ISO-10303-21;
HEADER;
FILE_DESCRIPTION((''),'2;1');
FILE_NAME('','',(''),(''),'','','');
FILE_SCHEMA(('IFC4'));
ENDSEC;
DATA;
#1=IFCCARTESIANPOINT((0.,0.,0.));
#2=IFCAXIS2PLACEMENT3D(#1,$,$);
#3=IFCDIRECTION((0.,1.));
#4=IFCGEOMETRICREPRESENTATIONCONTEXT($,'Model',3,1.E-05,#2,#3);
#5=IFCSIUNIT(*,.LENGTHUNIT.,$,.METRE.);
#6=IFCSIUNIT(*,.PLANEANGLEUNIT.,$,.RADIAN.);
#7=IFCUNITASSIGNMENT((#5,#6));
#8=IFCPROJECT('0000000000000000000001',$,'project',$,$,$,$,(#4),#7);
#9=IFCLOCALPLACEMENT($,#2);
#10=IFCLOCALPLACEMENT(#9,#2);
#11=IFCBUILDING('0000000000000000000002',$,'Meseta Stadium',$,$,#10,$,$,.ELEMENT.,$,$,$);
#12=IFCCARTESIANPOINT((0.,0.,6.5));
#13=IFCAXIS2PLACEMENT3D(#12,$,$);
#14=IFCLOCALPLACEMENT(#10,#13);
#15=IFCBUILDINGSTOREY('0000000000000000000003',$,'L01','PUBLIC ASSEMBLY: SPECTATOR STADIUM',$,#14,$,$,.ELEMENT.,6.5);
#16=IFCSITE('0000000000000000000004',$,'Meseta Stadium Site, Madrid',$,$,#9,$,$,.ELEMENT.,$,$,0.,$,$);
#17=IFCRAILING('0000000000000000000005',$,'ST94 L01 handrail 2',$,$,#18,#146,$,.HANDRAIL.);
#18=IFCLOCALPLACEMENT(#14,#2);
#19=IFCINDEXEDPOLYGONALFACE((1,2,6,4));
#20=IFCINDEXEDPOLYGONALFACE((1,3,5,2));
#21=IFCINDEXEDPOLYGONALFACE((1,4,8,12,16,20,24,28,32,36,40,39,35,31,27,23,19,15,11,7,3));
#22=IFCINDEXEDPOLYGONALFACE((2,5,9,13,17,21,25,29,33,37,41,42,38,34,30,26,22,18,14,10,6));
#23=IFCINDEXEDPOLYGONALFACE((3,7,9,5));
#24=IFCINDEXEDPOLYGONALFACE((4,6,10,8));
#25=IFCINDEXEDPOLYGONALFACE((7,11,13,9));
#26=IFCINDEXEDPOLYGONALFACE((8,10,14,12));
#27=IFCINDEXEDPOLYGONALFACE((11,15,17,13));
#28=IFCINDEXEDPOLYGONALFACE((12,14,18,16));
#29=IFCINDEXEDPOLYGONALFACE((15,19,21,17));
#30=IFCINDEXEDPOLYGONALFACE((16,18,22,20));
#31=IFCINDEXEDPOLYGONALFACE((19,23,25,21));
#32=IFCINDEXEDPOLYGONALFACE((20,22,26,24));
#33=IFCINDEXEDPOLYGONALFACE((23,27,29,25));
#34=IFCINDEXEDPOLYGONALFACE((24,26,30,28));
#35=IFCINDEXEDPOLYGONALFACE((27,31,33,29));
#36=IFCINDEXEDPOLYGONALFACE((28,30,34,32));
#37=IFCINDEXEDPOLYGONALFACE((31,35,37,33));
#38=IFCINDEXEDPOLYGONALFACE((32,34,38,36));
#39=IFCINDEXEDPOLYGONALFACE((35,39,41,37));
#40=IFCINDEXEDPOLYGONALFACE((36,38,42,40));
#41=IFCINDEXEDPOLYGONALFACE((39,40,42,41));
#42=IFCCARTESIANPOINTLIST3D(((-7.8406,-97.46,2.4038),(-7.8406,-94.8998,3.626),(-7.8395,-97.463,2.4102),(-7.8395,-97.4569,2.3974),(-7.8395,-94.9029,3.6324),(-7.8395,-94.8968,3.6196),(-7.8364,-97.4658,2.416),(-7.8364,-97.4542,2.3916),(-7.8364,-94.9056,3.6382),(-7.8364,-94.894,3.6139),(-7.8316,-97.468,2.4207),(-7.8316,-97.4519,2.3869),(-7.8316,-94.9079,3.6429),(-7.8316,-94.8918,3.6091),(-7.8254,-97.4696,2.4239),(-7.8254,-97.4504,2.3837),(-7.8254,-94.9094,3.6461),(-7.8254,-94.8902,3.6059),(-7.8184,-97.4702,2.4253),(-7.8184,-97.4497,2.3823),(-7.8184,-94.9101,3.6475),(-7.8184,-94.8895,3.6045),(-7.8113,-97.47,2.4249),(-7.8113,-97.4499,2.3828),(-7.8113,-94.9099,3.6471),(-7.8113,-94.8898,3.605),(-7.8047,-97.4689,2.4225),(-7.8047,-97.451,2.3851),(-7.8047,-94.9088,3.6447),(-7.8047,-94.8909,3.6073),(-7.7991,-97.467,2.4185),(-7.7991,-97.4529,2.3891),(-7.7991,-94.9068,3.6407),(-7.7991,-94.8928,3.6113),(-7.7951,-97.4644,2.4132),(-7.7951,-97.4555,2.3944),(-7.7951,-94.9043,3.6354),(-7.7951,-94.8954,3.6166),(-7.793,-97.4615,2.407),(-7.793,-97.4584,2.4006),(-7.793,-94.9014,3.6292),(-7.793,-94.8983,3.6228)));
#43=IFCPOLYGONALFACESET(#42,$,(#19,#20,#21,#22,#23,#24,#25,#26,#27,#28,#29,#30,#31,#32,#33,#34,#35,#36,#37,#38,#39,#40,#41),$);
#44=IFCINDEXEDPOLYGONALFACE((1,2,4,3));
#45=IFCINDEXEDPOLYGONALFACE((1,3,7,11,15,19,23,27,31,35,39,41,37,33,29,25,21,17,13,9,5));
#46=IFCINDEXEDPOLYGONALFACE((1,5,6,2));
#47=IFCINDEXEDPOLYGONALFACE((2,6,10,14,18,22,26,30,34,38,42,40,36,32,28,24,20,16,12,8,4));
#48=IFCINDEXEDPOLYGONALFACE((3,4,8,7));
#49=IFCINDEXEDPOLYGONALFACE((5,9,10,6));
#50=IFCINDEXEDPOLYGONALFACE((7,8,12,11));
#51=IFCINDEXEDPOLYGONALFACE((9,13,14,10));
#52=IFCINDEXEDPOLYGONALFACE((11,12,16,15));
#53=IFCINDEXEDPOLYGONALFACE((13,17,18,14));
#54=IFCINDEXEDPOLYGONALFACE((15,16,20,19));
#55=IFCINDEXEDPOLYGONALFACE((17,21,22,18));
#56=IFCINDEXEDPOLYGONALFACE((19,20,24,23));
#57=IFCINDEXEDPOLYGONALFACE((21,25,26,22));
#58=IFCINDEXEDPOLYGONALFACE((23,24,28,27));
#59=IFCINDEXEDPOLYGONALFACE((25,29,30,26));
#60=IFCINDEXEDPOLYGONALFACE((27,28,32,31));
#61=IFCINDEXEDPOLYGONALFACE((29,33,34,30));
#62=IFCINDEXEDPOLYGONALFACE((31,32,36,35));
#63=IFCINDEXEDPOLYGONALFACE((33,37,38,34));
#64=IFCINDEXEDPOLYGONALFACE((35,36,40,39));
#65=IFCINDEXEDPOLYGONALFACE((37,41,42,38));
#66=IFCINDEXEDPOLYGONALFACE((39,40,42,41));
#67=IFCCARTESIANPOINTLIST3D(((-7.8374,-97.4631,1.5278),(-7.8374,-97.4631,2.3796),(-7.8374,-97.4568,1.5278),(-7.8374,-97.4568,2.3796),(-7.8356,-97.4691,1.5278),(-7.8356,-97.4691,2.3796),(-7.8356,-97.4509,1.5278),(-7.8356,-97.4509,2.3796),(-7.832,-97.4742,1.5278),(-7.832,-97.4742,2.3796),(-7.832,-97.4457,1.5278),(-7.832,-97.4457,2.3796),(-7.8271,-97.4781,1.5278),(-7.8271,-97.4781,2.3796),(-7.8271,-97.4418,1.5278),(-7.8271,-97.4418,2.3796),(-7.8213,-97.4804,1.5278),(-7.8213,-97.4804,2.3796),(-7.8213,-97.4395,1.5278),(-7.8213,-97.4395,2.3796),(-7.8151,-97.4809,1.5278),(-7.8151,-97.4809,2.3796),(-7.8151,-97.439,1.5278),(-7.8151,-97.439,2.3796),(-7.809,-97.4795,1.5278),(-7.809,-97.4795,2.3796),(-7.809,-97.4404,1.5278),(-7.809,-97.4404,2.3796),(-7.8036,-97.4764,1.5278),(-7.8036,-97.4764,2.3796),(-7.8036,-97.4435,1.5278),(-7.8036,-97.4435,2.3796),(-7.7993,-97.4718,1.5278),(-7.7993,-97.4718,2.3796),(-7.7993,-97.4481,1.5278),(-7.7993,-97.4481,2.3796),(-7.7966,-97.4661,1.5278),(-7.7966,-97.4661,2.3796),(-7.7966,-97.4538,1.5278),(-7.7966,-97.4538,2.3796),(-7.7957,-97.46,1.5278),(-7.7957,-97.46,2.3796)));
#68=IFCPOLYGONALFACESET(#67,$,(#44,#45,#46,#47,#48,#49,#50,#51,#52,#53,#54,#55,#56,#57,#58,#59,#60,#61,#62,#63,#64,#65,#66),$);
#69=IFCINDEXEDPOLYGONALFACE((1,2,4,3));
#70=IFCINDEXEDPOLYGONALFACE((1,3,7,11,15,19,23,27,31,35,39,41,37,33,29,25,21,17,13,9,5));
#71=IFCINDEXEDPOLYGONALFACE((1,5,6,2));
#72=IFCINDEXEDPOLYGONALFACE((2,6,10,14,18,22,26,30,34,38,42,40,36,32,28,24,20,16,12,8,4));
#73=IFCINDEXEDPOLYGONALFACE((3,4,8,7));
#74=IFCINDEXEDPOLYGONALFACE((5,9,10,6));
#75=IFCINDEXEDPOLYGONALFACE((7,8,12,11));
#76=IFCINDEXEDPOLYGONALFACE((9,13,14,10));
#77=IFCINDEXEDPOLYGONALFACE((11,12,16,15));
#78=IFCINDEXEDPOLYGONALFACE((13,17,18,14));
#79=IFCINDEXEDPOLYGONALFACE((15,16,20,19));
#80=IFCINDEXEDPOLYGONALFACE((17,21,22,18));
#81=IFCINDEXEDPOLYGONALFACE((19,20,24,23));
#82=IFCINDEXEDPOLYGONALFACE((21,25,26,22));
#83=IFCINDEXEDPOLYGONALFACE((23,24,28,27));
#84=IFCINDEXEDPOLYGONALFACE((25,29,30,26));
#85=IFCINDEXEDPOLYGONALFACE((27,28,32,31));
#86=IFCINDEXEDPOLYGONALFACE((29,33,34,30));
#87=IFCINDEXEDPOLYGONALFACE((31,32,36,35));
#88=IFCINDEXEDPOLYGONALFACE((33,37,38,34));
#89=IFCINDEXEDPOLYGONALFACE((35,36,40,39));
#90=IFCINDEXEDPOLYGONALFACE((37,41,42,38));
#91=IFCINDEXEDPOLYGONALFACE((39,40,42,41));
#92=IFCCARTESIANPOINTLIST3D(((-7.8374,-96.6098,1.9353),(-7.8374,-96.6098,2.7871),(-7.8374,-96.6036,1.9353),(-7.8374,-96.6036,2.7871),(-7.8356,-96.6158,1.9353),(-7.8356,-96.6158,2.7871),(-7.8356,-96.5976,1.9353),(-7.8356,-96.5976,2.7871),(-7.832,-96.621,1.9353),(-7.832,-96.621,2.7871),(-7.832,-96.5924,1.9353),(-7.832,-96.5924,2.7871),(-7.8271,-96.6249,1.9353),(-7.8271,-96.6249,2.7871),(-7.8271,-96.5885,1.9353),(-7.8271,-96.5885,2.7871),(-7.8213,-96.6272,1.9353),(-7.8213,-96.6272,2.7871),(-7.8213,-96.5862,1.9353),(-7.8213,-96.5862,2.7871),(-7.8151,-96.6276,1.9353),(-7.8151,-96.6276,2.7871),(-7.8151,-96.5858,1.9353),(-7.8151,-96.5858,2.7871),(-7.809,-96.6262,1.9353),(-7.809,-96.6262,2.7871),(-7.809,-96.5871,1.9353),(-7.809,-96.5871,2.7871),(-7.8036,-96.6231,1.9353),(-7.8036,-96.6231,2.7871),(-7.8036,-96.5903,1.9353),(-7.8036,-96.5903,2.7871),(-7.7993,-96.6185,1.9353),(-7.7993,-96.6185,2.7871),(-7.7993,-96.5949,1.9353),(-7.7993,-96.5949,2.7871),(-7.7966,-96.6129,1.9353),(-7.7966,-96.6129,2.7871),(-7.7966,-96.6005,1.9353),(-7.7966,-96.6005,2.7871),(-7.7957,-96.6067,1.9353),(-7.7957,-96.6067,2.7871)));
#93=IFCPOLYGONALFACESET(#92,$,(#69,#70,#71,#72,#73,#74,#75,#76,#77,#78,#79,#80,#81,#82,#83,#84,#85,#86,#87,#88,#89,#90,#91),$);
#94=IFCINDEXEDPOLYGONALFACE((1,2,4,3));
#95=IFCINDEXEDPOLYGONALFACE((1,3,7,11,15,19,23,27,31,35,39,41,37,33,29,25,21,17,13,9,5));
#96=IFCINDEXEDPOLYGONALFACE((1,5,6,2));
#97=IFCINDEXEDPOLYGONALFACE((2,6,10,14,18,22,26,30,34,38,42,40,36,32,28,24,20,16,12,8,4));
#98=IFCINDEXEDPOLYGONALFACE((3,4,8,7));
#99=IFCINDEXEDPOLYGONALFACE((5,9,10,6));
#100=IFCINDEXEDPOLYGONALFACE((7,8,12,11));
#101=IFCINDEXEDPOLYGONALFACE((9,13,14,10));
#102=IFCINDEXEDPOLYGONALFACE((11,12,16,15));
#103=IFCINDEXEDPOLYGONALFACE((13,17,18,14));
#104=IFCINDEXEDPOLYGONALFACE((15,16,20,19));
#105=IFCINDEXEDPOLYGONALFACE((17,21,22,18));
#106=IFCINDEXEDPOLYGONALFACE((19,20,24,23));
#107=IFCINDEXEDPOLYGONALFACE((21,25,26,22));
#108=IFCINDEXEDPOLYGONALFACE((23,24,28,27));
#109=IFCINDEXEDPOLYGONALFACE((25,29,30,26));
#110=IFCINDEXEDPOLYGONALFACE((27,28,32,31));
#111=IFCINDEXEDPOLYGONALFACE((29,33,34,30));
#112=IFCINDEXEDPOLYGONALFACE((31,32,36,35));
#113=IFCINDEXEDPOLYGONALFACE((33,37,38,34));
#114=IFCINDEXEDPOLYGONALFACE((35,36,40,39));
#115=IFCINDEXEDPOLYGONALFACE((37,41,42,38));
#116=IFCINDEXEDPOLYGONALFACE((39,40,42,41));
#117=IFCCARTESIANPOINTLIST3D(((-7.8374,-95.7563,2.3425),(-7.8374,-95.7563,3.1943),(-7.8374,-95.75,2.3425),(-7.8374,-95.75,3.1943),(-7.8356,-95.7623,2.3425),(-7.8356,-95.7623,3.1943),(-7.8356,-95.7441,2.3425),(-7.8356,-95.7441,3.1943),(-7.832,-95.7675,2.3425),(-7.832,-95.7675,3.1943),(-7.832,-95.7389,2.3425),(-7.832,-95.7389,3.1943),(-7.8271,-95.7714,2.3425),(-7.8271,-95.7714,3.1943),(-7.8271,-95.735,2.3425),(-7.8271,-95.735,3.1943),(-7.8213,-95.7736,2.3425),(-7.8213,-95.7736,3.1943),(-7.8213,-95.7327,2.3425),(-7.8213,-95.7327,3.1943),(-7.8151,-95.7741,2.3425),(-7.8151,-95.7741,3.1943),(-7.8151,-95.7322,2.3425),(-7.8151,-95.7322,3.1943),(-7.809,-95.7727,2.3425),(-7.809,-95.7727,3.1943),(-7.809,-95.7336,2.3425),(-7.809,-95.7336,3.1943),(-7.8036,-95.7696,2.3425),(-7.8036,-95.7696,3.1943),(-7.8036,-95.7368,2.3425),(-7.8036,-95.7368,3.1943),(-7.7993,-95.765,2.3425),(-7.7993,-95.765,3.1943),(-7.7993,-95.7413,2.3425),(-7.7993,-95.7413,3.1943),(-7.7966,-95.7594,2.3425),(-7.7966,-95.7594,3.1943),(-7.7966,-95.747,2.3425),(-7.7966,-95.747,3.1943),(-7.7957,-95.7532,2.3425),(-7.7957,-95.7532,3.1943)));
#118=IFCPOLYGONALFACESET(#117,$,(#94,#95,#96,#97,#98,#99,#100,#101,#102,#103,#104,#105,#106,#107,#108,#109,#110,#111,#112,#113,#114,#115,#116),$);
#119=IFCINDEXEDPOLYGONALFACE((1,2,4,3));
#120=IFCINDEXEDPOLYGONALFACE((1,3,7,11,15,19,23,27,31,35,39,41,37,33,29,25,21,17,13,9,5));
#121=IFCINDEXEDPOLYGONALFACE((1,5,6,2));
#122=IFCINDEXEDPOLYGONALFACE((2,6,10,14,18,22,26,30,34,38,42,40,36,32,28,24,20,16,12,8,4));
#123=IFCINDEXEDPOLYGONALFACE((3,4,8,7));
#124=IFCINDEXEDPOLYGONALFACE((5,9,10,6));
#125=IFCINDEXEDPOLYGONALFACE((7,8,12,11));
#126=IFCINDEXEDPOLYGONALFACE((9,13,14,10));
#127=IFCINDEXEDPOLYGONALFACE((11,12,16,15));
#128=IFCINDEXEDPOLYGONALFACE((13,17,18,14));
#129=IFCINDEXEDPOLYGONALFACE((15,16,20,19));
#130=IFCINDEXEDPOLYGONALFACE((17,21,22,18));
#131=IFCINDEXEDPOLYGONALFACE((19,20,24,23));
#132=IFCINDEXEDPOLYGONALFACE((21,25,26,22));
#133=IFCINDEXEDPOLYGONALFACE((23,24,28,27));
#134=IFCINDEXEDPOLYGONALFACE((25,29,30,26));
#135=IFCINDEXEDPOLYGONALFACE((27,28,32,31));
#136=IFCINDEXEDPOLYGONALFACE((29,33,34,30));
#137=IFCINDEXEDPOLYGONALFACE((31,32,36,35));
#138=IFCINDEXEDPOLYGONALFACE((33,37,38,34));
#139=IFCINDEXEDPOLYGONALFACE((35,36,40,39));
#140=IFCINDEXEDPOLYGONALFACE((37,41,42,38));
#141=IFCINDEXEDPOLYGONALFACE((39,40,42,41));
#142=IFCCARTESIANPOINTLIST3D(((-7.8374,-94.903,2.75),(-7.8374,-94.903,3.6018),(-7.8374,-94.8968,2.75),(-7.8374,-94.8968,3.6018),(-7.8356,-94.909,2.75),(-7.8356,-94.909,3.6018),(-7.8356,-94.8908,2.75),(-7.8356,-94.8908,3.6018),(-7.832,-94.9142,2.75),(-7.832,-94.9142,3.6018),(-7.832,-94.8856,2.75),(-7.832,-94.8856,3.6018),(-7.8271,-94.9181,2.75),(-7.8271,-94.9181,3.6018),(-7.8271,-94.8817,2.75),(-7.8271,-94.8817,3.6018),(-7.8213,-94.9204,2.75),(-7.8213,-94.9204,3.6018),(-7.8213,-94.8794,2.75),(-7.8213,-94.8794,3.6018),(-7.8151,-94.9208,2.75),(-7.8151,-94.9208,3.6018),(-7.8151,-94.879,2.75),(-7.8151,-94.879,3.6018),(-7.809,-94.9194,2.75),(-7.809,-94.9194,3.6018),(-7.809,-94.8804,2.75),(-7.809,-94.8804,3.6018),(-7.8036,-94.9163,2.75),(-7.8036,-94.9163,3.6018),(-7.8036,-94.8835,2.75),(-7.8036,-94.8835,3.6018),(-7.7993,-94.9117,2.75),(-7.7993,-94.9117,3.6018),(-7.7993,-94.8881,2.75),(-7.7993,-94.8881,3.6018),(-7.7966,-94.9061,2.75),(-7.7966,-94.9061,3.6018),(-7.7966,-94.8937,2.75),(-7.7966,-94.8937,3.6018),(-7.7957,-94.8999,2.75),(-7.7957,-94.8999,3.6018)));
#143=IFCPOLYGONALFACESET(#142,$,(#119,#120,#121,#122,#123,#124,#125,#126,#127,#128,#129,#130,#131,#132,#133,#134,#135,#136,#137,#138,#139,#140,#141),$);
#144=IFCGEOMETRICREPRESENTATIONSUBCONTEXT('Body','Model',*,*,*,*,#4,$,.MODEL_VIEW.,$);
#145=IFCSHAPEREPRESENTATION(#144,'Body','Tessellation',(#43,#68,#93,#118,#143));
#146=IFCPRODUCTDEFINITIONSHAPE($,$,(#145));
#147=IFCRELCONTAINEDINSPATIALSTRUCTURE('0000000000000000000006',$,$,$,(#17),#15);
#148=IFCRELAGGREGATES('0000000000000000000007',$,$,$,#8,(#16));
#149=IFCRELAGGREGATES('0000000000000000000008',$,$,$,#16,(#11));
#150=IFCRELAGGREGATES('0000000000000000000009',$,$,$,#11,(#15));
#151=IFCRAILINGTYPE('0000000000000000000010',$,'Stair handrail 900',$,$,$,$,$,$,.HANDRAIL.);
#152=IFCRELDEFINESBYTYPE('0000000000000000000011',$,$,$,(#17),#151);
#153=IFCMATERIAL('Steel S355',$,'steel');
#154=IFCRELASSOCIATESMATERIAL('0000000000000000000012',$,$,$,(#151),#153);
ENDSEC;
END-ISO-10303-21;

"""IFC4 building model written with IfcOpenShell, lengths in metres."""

from ifc_helpers import new_model, si_unit, direction, frame, origin, origin_2d, place, context, subcontext, project, spatial, circle, extrude, material, type_object, element, save


model = new_model("IFC4")

# Units and contexts
model_context = context("Model", 3, precision=1e-05, world=origin(), true_north=direction((0.0, 1.0)))
body_context = subcontext(model_context, "Body", "Model", "MODEL_VIEW")
ifc_project = project(units=[si_unit("LENGTHUNIT", "METRE"), si_unit("PLANEANGLEUNIT", "RADIAN")], contexts=[model_context])

# Site, building, storey
site_placement = place(None, origin())
site = spatial("IfcSite", under=ifc_project, at=site_placement, Name="Meseta Stadium Site, Madrid", CompositionType="ELEMENT", RefElevation=0.0)
building_placement = place(site_placement, origin())
building = spatial("IfcBuilding", under=site, at=building_placement, Name="Meseta Stadium", CompositionType="ELEMENT")
storey_placement = place(building_placement, frame((0.0, 0.0, 6.5)))
storey = spatial("IfcBuildingStorey", under=building, at=storey_placement, Name="L01", Description="PUBLIC ASSEMBLY: SPECTATOR STADIUM", CompositionType="ELEMENT", Elevation=6.5)

# Railing
ifc_material_1 = material(Name="Steel S355", Category="steel")
railing_type_1 = type_object("IfcRailingType", Name="Stair handrail 900", PredefinedType="HANDRAIL", material=ifc_material_1)
railing_1_placement = place(storey_placement, frame((-7.8167, -97.46, 1.5278)))
element("IfcRailing", 1, at=railing_1_placement, inside=storey, type_object=railing_type_1, Name="ST94 L01 handrail 2", PredefinedType="HANDRAIL", context=body_context, shape_type="SweptSolid", body=[
    extrude(circle(Radius=0.0239, at=origin_2d()), frame((0.0, 0.0, 0.876), z_axis=(0.0, 0.902437, 0.430822), x_axis=(-1.0, 0.0, 0.0)), (0.0, 0.0, 1.0), 2.8369),
    extrude(circle(Radius=0.021, at=origin_2d()), origin(), (0.0, 0.0, 1.0), 0.8518),
    extrude(circle(Radius=0.021, at=origin_2d()), frame((0.0, 0.8533, 0.4075)), (0.0, 0.0, 1.0), 0.8518),
    extrude(circle(Radius=0.021, at=origin_2d()), frame((0.0, 1.7068, 0.8147)), (0.0, 0.0, 1.0), 0.8518),
    extrude(circle(Radius=0.021, at=origin_2d()), frame((0.0, 2.5601, 1.2222)), (0.0, 0.0, 1.0), 0.8518),
])

save(model, "model.ifc")
